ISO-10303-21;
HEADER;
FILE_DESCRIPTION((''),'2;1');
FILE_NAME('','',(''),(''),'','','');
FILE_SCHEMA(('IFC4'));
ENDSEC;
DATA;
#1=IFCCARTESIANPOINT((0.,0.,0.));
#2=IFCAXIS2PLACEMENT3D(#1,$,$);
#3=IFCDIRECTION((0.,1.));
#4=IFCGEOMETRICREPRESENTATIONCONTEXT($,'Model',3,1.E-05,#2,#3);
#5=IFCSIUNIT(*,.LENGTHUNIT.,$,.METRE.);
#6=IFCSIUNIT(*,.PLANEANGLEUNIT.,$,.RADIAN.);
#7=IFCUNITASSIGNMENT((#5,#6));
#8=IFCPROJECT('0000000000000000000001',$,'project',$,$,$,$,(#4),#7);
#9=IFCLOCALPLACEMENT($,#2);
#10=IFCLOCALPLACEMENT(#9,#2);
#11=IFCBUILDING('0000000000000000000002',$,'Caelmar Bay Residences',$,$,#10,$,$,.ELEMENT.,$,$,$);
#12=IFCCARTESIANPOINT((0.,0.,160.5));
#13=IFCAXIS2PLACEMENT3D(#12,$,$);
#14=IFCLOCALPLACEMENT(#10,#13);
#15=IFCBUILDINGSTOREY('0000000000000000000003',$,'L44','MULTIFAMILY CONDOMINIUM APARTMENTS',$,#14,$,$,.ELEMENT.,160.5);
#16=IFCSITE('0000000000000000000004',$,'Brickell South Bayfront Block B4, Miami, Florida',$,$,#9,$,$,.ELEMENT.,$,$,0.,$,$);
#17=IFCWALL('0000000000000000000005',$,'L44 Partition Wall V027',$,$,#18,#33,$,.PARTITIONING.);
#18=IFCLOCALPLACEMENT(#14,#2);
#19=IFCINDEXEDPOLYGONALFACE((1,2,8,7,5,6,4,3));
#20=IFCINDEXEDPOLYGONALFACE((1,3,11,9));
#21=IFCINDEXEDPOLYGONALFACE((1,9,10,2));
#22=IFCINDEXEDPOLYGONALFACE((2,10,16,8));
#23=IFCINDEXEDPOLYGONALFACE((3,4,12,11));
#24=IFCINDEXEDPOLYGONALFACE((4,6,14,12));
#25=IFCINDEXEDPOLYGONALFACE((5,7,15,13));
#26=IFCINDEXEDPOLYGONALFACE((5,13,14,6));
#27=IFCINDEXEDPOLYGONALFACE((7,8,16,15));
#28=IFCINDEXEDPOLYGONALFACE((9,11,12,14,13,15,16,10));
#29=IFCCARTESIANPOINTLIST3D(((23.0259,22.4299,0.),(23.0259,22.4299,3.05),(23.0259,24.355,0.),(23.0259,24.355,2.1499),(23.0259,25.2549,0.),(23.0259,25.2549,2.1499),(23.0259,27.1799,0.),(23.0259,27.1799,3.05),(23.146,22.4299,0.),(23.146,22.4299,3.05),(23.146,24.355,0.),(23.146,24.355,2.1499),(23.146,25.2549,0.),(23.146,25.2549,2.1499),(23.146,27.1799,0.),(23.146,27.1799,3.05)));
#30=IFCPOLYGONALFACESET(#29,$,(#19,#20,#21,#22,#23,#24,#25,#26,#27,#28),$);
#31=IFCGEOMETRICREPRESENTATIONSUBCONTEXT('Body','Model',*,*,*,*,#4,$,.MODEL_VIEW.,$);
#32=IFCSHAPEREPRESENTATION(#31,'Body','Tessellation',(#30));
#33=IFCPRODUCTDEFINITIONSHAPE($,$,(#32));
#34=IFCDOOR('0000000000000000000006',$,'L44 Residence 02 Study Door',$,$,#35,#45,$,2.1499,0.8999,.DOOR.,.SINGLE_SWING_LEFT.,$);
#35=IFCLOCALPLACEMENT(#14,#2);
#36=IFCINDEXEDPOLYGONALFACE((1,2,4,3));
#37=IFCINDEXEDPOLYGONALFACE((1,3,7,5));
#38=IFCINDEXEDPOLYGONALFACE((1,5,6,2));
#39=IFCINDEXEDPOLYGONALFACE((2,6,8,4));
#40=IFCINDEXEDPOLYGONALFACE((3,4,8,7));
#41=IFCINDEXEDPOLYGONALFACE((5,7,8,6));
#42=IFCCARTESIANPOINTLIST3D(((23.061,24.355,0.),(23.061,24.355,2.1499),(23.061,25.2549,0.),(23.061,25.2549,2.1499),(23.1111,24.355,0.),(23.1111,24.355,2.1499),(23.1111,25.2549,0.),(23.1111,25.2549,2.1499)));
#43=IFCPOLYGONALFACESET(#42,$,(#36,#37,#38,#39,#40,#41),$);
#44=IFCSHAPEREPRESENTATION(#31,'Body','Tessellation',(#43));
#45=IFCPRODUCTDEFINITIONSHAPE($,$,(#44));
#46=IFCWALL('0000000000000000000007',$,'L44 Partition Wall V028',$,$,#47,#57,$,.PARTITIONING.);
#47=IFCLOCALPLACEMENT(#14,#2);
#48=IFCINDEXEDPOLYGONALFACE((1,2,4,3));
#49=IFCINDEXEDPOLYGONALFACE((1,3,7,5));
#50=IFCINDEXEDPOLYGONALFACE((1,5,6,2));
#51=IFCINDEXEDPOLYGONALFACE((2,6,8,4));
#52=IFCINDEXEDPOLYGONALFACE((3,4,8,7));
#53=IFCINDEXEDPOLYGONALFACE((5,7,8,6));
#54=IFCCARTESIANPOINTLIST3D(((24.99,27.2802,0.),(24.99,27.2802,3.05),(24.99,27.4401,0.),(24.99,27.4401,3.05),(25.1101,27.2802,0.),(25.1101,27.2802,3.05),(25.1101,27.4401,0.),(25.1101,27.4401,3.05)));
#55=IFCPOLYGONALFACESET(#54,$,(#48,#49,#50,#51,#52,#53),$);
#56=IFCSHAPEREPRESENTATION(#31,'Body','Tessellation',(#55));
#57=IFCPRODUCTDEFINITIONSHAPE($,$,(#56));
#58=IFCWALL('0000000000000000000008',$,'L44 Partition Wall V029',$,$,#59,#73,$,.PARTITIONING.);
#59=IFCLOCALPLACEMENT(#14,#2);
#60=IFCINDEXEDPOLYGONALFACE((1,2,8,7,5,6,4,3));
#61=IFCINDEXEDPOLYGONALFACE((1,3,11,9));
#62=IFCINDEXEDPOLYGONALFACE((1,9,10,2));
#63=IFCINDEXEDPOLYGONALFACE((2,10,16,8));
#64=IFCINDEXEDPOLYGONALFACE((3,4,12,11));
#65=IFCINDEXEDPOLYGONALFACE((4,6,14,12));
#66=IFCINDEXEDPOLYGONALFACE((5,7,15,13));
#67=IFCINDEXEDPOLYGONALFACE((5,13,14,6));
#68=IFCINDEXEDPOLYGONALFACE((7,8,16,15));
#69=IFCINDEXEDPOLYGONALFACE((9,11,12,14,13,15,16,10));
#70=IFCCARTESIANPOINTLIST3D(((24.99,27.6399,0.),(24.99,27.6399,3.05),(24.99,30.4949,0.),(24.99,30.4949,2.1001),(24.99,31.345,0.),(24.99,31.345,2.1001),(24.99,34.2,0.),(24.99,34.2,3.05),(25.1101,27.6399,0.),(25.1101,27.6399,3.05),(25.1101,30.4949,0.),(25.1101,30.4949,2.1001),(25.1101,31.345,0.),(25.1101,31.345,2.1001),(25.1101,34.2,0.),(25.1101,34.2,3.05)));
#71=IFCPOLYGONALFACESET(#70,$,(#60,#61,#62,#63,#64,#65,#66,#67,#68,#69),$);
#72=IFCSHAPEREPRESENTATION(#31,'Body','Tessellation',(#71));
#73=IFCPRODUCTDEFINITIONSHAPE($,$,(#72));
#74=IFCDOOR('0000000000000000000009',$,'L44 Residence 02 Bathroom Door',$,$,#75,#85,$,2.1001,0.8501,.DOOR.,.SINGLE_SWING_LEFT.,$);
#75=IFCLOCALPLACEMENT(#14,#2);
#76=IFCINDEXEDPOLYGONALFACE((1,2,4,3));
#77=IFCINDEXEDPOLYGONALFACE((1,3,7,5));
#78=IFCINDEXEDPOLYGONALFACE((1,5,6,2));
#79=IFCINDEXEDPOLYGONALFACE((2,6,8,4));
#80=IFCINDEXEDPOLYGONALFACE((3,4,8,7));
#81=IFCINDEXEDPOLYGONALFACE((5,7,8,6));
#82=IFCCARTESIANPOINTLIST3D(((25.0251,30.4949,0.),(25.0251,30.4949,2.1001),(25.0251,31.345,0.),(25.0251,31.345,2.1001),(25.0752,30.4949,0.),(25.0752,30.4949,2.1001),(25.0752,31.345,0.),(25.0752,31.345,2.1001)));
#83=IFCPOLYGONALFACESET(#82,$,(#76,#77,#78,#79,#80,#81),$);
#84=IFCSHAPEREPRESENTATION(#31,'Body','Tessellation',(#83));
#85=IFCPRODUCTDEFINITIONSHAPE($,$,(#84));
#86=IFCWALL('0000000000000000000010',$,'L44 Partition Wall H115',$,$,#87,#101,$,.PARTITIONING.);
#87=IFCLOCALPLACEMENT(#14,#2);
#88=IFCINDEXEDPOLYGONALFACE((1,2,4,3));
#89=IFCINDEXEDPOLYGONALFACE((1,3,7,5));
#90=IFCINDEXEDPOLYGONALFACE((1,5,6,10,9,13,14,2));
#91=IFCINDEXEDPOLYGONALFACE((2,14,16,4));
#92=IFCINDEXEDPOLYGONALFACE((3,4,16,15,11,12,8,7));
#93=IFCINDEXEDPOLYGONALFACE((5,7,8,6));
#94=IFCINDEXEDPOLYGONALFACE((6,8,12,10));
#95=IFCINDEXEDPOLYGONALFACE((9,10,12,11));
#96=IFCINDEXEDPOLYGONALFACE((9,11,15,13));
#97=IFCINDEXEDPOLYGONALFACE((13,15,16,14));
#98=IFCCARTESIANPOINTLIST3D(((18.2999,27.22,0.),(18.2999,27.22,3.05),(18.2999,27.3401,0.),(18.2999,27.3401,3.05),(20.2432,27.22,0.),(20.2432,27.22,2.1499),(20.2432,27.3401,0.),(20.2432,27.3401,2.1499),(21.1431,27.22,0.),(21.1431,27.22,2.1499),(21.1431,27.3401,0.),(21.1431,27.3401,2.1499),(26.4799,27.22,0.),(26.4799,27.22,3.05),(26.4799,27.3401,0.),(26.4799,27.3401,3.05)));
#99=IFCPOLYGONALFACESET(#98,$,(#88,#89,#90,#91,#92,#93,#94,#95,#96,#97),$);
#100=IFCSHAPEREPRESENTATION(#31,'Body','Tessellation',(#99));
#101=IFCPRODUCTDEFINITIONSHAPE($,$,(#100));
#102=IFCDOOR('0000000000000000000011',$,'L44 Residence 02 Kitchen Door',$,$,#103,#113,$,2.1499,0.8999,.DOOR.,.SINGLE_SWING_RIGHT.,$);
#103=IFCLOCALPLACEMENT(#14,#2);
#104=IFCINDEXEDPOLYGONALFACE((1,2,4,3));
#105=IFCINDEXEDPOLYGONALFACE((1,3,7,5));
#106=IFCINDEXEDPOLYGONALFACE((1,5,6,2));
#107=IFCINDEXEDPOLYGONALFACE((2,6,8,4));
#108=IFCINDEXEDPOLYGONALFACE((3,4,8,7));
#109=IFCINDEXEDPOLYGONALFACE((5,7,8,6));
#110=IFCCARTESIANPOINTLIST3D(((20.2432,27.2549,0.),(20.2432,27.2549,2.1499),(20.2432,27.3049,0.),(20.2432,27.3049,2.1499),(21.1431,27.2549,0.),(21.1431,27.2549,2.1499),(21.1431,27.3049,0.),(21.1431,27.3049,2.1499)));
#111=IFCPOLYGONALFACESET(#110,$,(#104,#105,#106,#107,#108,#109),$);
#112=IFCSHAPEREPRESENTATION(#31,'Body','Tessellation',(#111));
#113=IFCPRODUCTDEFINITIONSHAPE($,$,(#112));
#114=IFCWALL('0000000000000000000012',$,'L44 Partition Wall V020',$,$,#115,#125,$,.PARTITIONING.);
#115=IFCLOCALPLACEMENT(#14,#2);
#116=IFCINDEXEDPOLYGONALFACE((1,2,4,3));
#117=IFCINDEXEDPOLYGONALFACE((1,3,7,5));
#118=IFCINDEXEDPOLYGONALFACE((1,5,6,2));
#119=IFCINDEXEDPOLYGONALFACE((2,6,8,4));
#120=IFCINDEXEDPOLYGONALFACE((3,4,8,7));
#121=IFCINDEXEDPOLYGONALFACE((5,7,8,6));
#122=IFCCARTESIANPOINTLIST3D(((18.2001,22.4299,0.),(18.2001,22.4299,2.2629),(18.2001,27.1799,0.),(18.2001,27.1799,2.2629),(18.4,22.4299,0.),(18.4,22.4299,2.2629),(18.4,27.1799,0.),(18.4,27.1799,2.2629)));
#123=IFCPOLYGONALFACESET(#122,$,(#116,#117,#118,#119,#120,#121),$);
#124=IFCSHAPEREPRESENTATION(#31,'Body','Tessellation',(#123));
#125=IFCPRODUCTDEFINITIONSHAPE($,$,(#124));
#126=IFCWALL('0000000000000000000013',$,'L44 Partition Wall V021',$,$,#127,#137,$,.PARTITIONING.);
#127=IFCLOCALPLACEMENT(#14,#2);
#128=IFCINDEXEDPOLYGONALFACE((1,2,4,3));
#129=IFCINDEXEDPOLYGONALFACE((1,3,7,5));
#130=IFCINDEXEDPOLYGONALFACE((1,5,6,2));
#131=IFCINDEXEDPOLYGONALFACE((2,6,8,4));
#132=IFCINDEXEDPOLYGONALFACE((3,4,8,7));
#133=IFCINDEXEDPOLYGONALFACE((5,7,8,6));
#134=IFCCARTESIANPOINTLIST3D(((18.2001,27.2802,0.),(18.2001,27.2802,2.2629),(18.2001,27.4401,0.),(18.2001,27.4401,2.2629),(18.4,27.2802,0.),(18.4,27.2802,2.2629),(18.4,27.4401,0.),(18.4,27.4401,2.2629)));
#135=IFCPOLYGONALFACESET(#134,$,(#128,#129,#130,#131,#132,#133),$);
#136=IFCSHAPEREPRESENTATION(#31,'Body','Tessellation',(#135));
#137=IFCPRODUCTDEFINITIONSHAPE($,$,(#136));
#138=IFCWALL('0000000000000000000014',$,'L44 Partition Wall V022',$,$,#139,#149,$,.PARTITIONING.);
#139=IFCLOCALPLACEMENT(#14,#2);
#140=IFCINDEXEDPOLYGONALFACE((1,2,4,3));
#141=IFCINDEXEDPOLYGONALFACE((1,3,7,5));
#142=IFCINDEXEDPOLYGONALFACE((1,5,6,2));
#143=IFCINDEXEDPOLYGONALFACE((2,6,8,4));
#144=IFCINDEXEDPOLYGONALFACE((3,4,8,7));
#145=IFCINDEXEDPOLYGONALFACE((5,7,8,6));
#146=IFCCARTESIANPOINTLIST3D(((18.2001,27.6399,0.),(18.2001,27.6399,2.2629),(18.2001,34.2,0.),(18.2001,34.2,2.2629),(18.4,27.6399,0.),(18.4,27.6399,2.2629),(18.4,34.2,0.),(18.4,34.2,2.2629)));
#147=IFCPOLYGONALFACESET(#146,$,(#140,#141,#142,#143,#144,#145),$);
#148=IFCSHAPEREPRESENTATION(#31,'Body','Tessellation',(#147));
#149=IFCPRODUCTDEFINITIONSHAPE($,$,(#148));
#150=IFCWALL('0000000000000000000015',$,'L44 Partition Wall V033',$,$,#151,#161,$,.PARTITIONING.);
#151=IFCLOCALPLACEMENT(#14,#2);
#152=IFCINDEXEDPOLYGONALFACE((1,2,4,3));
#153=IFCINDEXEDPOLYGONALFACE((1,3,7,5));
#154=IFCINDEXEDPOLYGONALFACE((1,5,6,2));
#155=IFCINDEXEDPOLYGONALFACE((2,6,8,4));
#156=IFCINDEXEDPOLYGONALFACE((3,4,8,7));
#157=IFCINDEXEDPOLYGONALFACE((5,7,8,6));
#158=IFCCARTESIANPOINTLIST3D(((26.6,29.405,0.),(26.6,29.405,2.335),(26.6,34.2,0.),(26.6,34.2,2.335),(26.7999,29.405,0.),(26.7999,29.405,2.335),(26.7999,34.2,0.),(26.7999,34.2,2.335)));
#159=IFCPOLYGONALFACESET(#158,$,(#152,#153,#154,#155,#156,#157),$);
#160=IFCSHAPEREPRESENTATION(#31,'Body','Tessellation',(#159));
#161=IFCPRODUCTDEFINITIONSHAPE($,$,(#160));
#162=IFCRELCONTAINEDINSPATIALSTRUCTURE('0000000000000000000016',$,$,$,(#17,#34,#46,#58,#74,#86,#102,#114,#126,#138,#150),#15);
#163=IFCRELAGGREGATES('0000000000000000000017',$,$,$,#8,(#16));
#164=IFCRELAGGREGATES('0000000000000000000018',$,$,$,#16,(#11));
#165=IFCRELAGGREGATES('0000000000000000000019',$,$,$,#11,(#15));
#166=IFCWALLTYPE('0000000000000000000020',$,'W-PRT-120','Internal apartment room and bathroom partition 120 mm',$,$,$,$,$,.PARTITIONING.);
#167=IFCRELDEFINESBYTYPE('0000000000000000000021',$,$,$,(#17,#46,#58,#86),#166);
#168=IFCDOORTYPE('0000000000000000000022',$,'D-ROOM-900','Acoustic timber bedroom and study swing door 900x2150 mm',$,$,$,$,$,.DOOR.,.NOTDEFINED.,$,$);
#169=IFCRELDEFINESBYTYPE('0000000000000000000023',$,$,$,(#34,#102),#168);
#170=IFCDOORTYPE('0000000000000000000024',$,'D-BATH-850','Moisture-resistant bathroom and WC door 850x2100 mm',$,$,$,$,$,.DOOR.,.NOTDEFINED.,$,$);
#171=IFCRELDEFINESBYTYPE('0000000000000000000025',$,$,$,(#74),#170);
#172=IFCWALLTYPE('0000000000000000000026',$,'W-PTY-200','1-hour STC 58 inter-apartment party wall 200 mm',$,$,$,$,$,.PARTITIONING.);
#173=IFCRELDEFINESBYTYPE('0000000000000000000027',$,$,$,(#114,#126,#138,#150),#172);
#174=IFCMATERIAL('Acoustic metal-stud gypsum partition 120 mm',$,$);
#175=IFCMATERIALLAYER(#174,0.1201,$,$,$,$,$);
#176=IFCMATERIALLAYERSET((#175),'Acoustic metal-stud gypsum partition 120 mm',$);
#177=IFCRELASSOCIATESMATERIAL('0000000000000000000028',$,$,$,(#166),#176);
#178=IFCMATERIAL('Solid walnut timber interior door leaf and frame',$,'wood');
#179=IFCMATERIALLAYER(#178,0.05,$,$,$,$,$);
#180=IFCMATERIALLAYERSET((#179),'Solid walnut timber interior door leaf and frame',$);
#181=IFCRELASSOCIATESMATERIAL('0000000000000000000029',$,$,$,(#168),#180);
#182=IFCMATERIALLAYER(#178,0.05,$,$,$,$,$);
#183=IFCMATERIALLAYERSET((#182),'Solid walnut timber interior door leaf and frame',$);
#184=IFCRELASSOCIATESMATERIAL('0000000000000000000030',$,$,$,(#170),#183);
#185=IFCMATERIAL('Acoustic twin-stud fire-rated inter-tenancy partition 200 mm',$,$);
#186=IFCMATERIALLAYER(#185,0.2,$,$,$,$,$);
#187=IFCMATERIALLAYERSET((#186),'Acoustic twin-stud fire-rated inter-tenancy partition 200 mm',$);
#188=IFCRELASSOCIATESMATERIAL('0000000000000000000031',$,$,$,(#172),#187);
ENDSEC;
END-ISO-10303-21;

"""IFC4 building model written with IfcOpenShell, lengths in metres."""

from ifc_helpers import new_model, si_unit, direction, frame, frame_2d, origin, place, context, subcontext, project, spatial, rectangle, extrude, material, layer, layer_set, type_object, element, fill, save


model = new_model("IFC4")

# Units and contexts
model_context = context("Model", 3, precision=1e-05, world=origin(), true_north=direction((0.0, 1.0)))
body_context = subcontext(model_context, "Body", "Model", "MODEL_VIEW")
ifc_project = project(units=[si_unit("LENGTHUNIT", "METRE"), si_unit("PLANEANGLEUNIT", "RADIAN")], contexts=[model_context])

# Site, building, storey
site_placement = place(None, origin())
site = spatial("IfcSite", under=ifc_project, at=site_placement, Name="Brickell South Bayfront Block B4, Miami, Florida", CompositionType="ELEMENT", RefElevation=0.0)
building_placement = place(site_placement, origin())
building = spatial("IfcBuilding", under=site, at=building_placement, Name="Caelmar Bay Residences", CompositionType="ELEMENT")
storey_placement = place(building_placement, frame((0.0, 0.0, 160.5)))
storey = spatial("IfcBuildingStorey", under=building, at=storey_placement, Name="L44", Description="MULTIFAMILY CONDOMINIUM APARTMENTS", CompositionType="ELEMENT", Elevation=160.5)

# Wall, opening, door
ifc_material_1 = material(Name="Acoustic metal-stud gypsum partition 120 mm")
ifc_layer_1 = layer(ifc_material_1, 0.1201)
ifc_layer_set_1 = layer_set([ifc_layer_1], Name="Acoustic metal-stud gypsum partition 120 mm")
wall_type_1 = type_object("IfcWallType", Name="W-PRT-120", Description="Internal apartment room and bathroom partition 120 mm", PredefinedType="PARTITIONING", material=ifc_layer_set_1)
wall_1_placement = place(storey_placement, frame((23.0859, 22.4299, 0.0), z_axis=(0.0, 0.0, 1.0), x_axis=(0.0, 1.0, 0.0)))
wall_1 = element("IfcWall", 1, at=wall_1_placement, inside=storey, type_object=wall_type_1, Name="L44 Partition Wall V027", PredefinedType="PARTITIONING", context=body_context, shape_type="SweptSolid", body=[
    extrude(rectangle(XDim=4.75, YDim=0.1201, at=frame_2d((2.375, 0.0))), origin(), (0.0, 0.0, 1.0), 3.05),
])
opening_1_placement = place(wall_1_placement, frame((1.925, 0.0, 0.0)))
opening_1 = element("IfcOpeningElement", 2, at=opening_1_placement, cuts=wall_1, PredefinedType="OPENING", context=body_context, shape_type="SweptSolid", body=[
    extrude(rectangle(XDim=0.8999, YDim=2.1499, at=frame_2d((0.45, 1.075))), frame((0.0, 0.0701, 0.0), z_axis=(0.0, -1.0, 0.0), x_axis=(1.0, 0.0, 0.0)), (0.0, 0.0, 1.0), 0.1401),
])
ifc_material_2 = material(Name="Solid walnut timber interior door leaf and frame", Category="wood")
ifc_layer_2 = layer(ifc_material_2, 0.05)
ifc_layer_set_2 = layer_set([ifc_layer_2], Name="Solid walnut timber interior door leaf and frame")
door_type_1 = type_object("IfcDoorType", Name="D-ROOM-900", Description="Acoustic timber bedroom and study swing door 900x2150 mm", OperationType="NOTDEFINED", PredefinedType="DOOR", material=ifc_layer_set_2)
door_1_placement = place(opening_1_placement, origin())
door_1 = element("IfcDoor", 3, at=door_1_placement, inside=storey, type_object=door_type_1, Name="L44 Residence 02 Study Door", OperationType="SINGLE_SWING_LEFT", OverallHeight=2.1499, OverallWidth=0.8999, PredefinedType="DOOR", context=body_context, shape_type="SweptSolid", body=[
    extrude(rectangle(XDim=0.8999, YDim=2.1499, at=frame_2d((0.45, 1.075))), frame((0.0, 0.0249, 0.0), z_axis=(0.0, -1.0, 0.0), x_axis=(1.0, 0.0, 0.0)), (0.0, 0.0, 1.0), 0.05),
])
fill(opening_1, door_1)

# Wall
wall_2_placement = place(storey_placement, frame((25.05, 27.28, 0.0), z_axis=(0.0, 0.0, 1.0), x_axis=(0.0, 1.0, 0.0)))
element("IfcWall", 4, at=wall_2_placement, inside=storey, type_object=wall_type_1, Name="L44 Partition Wall V028", PredefinedType="PARTITIONING", context=body_context, shape_type="SweptSolid", body=[
    extrude(rectangle(XDim=0.1599, YDim=0.1201, at=frame_2d((0.0801, 0.0))), origin(), (0.0, 0.0, 1.0), 3.05),
])

# Walls, openings, doors
wall_3_placement = place(storey_placement, frame((25.05, 27.6399, 0.0), z_axis=(0.0, 0.0, 1.0), x_axis=(0.0, 1.0, 0.0)))
wall_3 = element("IfcWall", 5, at=wall_3_placement, inside=storey, type_object=wall_type_1, Name="L44 Partition Wall V029", PredefinedType="PARTITIONING", context=body_context, shape_type="SweptSolid", body=[
    extrude(rectangle(XDim=6.5601, YDim=0.1201, at=frame_2d((3.28, 0.0))), origin(), (0.0, 0.0, 1.0), 3.05),
])
opening_2_placement = place(wall_3_placement, frame((2.855, 0.0, 0.0)))
opening_2 = element("IfcOpeningElement", 6, at=opening_2_placement, cuts=wall_3, PredefinedType="OPENING", context=body_context, shape_type="SweptSolid", body=[
    extrude(rectangle(XDim=0.8501, YDim=2.1001, at=frame_2d((0.425, 1.05))), frame((0.0, 0.0701, 0.0), z_axis=(0.0, -1.0, 0.0), x_axis=(1.0, 0.0, 0.0)), (0.0, 0.0, 1.0), 0.1401),
])
ifc_layer_3 = layer(ifc_material_2, 0.05)
ifc_layer_set_3 = layer_set([ifc_layer_3], Name="Solid walnut timber interior door leaf and frame")
door_type_2 = type_object("IfcDoorType", Name="D-BATH-850", Description="Moisture-resistant bathroom and WC door 850x2100 mm", OperationType="NOTDEFINED", PredefinedType="DOOR", material=ifc_layer_set_3)
door_2_placement = place(opening_2_placement, origin())
door_2 = element("IfcDoor", 7, at=door_2_placement, inside=storey, type_object=door_type_2, Name="L44 Residence 02 Bathroom Door", OperationType="SINGLE_SWING_LEFT", OverallHeight=2.1001, OverallWidth=0.8501, PredefinedType="DOOR", context=body_context, shape_type="SweptSolid", body=[
    extrude(rectangle(XDim=0.8501, YDim=2.1001, at=frame_2d((0.425, 1.05))), frame((0.0, 0.0249, 0.0), z_axis=(0.0, -1.0, 0.0), x_axis=(1.0, 0.0, 0.0)), (0.0, 0.0, 1.0), 0.05),
])
fill(opening_2, door_2)
wall_4_placement = place(storey_placement, frame((18.3, 27.28, 0.0), z_axis=(0.0, 0.0, 1.0), x_axis=(1.0, 0.0, 0.0)))
wall_4 = element("IfcWall", 8, at=wall_4_placement, inside=storey, type_object=wall_type_1, Name="L44 Partition Wall H115", PredefinedType="PARTITIONING", context=body_context, shape_type="SweptSolid", body=[
    extrude(rectangle(XDim=8.1799, YDim=0.1201, at=frame_2d((4.0898, 0.0))), origin(), (0.0, 0.0, 1.0), 3.05),
])
opening_3_placement = place(wall_4_placement, frame((1.9431, 0.0, 0.0)))
opening_3 = element("IfcOpeningElement", 9, at=opening_3_placement, cuts=wall_4, PredefinedType="OPENING", context=body_context, shape_type="SweptSolid", body=[
    extrude(rectangle(XDim=0.8999, YDim=2.1499, at=frame_2d((0.45, 1.075))), frame((0.0, 0.0701, 0.0), z_axis=(0.0, -1.0, 0.0), x_axis=(1.0, 0.0, 0.0)), (0.0, 0.0, 1.0), 0.1401),
])
door_3_placement = place(opening_3_placement, origin())
door_3 = element("IfcDoor", 10, at=door_3_placement, inside=storey, type_object=door_type_1, Name="L44 Residence 02 Kitchen Door", OperationType="SINGLE_SWING_RIGHT", OverallHeight=2.1499, OverallWidth=0.8999, PredefinedType="DOOR", context=body_context, shape_type="SweptSolid", body=[
    extrude(rectangle(XDim=0.8999, YDim=2.1499, at=frame_2d((0.45, 1.075))), frame((0.0, 0.0249, 0.0), z_axis=(0.0, -1.0, 0.0), x_axis=(1.0, 0.0, 0.0)), (0.0, 0.0, 1.0), 0.05),
])
fill(opening_3, door_3)

# Walls
ifc_material_3 = material(Name="Acoustic twin-stud fire-rated inter-tenancy partition 200 mm")
ifc_layer_4 = layer(ifc_material_3, 0.2)
ifc_layer_set_4 = layer_set([ifc_layer_4], Name="Acoustic twin-stud fire-rated inter-tenancy partition 200 mm")
wall_type_2 = type_object("IfcWallType", Name="W-PTY-200", Description="1-hour STC 58 inter-apartment party wall 200 mm", PredefinedType="PARTITIONING", material=ifc_layer_set_4)
wall_5_placement = place(storey_placement, frame((18.3, 22.4299, 0.0), z_axis=(0.0, 0.0, 1.0), x_axis=(0.0, 1.0, 0.0)))
element("IfcWall", 11, at=wall_5_placement, inside=storey, type_object=wall_type_2, Name="L44 Partition Wall V020", PredefinedType="PARTITIONING", context=body_context, shape_type="SweptSolid", body=[
    extrude(rectangle(XDim=4.75, YDim=0.2, at=frame_2d((2.375, 0.0))), origin(), (0.0, 0.0, 1.0), 2.2629),
])
wall_6_placement = place(storey_placement, frame((18.3, 27.28, 0.0), z_axis=(0.0, 0.0, 1.0), x_axis=(0.0, 1.0, 0.0)))
element("IfcWall", 12, at=wall_6_placement, inside=storey, type_object=wall_type_2, Name="L44 Partition Wall V021", PredefinedType="PARTITIONING", context=body_context, shape_type="SweptSolid", body=[
    extrude(rectangle(XDim=0.1599, YDim=0.2, at=frame_2d((0.0801, 0.0))), origin(), (0.0, 0.0, 1.0), 2.2629),
])
wall_7_placement = place(storey_placement, frame((18.3, 27.6399, 0.0), z_axis=(0.0, 0.0, 1.0), x_axis=(0.0, 1.0, 0.0)))
element("IfcWall", 13, at=wall_7_placement, inside=storey, type_object=wall_type_2, Name="L44 Partition Wall V022", PredefinedType="PARTITIONING", context=body_context, shape_type="SweptSolid", body=[
    extrude(rectangle(XDim=6.5601, YDim=0.2, at=frame_2d((3.28, 0.0))), origin(), (0.0, 0.0, 1.0), 2.2629),
])
wall_8_placement = place(storey_placement, frame((26.7, 29.405, 0.0), z_axis=(0.0, 0.0, 1.0), x_axis=(0.0, 1.0, 0.0)))
element("IfcWall", 14, at=wall_8_placement, inside=storey, type_object=wall_type_2, Name="L44 Partition Wall V033", PredefinedType="PARTITIONING", context=body_context, shape_type="SweptSolid", body=[
    extrude(rectangle(XDim=4.7949, YDim=0.2, at=frame_2d((2.3975, 0.0))), origin(), (0.0, 0.0, 1.0), 2.335),
])

save(model, "model.ifc")
